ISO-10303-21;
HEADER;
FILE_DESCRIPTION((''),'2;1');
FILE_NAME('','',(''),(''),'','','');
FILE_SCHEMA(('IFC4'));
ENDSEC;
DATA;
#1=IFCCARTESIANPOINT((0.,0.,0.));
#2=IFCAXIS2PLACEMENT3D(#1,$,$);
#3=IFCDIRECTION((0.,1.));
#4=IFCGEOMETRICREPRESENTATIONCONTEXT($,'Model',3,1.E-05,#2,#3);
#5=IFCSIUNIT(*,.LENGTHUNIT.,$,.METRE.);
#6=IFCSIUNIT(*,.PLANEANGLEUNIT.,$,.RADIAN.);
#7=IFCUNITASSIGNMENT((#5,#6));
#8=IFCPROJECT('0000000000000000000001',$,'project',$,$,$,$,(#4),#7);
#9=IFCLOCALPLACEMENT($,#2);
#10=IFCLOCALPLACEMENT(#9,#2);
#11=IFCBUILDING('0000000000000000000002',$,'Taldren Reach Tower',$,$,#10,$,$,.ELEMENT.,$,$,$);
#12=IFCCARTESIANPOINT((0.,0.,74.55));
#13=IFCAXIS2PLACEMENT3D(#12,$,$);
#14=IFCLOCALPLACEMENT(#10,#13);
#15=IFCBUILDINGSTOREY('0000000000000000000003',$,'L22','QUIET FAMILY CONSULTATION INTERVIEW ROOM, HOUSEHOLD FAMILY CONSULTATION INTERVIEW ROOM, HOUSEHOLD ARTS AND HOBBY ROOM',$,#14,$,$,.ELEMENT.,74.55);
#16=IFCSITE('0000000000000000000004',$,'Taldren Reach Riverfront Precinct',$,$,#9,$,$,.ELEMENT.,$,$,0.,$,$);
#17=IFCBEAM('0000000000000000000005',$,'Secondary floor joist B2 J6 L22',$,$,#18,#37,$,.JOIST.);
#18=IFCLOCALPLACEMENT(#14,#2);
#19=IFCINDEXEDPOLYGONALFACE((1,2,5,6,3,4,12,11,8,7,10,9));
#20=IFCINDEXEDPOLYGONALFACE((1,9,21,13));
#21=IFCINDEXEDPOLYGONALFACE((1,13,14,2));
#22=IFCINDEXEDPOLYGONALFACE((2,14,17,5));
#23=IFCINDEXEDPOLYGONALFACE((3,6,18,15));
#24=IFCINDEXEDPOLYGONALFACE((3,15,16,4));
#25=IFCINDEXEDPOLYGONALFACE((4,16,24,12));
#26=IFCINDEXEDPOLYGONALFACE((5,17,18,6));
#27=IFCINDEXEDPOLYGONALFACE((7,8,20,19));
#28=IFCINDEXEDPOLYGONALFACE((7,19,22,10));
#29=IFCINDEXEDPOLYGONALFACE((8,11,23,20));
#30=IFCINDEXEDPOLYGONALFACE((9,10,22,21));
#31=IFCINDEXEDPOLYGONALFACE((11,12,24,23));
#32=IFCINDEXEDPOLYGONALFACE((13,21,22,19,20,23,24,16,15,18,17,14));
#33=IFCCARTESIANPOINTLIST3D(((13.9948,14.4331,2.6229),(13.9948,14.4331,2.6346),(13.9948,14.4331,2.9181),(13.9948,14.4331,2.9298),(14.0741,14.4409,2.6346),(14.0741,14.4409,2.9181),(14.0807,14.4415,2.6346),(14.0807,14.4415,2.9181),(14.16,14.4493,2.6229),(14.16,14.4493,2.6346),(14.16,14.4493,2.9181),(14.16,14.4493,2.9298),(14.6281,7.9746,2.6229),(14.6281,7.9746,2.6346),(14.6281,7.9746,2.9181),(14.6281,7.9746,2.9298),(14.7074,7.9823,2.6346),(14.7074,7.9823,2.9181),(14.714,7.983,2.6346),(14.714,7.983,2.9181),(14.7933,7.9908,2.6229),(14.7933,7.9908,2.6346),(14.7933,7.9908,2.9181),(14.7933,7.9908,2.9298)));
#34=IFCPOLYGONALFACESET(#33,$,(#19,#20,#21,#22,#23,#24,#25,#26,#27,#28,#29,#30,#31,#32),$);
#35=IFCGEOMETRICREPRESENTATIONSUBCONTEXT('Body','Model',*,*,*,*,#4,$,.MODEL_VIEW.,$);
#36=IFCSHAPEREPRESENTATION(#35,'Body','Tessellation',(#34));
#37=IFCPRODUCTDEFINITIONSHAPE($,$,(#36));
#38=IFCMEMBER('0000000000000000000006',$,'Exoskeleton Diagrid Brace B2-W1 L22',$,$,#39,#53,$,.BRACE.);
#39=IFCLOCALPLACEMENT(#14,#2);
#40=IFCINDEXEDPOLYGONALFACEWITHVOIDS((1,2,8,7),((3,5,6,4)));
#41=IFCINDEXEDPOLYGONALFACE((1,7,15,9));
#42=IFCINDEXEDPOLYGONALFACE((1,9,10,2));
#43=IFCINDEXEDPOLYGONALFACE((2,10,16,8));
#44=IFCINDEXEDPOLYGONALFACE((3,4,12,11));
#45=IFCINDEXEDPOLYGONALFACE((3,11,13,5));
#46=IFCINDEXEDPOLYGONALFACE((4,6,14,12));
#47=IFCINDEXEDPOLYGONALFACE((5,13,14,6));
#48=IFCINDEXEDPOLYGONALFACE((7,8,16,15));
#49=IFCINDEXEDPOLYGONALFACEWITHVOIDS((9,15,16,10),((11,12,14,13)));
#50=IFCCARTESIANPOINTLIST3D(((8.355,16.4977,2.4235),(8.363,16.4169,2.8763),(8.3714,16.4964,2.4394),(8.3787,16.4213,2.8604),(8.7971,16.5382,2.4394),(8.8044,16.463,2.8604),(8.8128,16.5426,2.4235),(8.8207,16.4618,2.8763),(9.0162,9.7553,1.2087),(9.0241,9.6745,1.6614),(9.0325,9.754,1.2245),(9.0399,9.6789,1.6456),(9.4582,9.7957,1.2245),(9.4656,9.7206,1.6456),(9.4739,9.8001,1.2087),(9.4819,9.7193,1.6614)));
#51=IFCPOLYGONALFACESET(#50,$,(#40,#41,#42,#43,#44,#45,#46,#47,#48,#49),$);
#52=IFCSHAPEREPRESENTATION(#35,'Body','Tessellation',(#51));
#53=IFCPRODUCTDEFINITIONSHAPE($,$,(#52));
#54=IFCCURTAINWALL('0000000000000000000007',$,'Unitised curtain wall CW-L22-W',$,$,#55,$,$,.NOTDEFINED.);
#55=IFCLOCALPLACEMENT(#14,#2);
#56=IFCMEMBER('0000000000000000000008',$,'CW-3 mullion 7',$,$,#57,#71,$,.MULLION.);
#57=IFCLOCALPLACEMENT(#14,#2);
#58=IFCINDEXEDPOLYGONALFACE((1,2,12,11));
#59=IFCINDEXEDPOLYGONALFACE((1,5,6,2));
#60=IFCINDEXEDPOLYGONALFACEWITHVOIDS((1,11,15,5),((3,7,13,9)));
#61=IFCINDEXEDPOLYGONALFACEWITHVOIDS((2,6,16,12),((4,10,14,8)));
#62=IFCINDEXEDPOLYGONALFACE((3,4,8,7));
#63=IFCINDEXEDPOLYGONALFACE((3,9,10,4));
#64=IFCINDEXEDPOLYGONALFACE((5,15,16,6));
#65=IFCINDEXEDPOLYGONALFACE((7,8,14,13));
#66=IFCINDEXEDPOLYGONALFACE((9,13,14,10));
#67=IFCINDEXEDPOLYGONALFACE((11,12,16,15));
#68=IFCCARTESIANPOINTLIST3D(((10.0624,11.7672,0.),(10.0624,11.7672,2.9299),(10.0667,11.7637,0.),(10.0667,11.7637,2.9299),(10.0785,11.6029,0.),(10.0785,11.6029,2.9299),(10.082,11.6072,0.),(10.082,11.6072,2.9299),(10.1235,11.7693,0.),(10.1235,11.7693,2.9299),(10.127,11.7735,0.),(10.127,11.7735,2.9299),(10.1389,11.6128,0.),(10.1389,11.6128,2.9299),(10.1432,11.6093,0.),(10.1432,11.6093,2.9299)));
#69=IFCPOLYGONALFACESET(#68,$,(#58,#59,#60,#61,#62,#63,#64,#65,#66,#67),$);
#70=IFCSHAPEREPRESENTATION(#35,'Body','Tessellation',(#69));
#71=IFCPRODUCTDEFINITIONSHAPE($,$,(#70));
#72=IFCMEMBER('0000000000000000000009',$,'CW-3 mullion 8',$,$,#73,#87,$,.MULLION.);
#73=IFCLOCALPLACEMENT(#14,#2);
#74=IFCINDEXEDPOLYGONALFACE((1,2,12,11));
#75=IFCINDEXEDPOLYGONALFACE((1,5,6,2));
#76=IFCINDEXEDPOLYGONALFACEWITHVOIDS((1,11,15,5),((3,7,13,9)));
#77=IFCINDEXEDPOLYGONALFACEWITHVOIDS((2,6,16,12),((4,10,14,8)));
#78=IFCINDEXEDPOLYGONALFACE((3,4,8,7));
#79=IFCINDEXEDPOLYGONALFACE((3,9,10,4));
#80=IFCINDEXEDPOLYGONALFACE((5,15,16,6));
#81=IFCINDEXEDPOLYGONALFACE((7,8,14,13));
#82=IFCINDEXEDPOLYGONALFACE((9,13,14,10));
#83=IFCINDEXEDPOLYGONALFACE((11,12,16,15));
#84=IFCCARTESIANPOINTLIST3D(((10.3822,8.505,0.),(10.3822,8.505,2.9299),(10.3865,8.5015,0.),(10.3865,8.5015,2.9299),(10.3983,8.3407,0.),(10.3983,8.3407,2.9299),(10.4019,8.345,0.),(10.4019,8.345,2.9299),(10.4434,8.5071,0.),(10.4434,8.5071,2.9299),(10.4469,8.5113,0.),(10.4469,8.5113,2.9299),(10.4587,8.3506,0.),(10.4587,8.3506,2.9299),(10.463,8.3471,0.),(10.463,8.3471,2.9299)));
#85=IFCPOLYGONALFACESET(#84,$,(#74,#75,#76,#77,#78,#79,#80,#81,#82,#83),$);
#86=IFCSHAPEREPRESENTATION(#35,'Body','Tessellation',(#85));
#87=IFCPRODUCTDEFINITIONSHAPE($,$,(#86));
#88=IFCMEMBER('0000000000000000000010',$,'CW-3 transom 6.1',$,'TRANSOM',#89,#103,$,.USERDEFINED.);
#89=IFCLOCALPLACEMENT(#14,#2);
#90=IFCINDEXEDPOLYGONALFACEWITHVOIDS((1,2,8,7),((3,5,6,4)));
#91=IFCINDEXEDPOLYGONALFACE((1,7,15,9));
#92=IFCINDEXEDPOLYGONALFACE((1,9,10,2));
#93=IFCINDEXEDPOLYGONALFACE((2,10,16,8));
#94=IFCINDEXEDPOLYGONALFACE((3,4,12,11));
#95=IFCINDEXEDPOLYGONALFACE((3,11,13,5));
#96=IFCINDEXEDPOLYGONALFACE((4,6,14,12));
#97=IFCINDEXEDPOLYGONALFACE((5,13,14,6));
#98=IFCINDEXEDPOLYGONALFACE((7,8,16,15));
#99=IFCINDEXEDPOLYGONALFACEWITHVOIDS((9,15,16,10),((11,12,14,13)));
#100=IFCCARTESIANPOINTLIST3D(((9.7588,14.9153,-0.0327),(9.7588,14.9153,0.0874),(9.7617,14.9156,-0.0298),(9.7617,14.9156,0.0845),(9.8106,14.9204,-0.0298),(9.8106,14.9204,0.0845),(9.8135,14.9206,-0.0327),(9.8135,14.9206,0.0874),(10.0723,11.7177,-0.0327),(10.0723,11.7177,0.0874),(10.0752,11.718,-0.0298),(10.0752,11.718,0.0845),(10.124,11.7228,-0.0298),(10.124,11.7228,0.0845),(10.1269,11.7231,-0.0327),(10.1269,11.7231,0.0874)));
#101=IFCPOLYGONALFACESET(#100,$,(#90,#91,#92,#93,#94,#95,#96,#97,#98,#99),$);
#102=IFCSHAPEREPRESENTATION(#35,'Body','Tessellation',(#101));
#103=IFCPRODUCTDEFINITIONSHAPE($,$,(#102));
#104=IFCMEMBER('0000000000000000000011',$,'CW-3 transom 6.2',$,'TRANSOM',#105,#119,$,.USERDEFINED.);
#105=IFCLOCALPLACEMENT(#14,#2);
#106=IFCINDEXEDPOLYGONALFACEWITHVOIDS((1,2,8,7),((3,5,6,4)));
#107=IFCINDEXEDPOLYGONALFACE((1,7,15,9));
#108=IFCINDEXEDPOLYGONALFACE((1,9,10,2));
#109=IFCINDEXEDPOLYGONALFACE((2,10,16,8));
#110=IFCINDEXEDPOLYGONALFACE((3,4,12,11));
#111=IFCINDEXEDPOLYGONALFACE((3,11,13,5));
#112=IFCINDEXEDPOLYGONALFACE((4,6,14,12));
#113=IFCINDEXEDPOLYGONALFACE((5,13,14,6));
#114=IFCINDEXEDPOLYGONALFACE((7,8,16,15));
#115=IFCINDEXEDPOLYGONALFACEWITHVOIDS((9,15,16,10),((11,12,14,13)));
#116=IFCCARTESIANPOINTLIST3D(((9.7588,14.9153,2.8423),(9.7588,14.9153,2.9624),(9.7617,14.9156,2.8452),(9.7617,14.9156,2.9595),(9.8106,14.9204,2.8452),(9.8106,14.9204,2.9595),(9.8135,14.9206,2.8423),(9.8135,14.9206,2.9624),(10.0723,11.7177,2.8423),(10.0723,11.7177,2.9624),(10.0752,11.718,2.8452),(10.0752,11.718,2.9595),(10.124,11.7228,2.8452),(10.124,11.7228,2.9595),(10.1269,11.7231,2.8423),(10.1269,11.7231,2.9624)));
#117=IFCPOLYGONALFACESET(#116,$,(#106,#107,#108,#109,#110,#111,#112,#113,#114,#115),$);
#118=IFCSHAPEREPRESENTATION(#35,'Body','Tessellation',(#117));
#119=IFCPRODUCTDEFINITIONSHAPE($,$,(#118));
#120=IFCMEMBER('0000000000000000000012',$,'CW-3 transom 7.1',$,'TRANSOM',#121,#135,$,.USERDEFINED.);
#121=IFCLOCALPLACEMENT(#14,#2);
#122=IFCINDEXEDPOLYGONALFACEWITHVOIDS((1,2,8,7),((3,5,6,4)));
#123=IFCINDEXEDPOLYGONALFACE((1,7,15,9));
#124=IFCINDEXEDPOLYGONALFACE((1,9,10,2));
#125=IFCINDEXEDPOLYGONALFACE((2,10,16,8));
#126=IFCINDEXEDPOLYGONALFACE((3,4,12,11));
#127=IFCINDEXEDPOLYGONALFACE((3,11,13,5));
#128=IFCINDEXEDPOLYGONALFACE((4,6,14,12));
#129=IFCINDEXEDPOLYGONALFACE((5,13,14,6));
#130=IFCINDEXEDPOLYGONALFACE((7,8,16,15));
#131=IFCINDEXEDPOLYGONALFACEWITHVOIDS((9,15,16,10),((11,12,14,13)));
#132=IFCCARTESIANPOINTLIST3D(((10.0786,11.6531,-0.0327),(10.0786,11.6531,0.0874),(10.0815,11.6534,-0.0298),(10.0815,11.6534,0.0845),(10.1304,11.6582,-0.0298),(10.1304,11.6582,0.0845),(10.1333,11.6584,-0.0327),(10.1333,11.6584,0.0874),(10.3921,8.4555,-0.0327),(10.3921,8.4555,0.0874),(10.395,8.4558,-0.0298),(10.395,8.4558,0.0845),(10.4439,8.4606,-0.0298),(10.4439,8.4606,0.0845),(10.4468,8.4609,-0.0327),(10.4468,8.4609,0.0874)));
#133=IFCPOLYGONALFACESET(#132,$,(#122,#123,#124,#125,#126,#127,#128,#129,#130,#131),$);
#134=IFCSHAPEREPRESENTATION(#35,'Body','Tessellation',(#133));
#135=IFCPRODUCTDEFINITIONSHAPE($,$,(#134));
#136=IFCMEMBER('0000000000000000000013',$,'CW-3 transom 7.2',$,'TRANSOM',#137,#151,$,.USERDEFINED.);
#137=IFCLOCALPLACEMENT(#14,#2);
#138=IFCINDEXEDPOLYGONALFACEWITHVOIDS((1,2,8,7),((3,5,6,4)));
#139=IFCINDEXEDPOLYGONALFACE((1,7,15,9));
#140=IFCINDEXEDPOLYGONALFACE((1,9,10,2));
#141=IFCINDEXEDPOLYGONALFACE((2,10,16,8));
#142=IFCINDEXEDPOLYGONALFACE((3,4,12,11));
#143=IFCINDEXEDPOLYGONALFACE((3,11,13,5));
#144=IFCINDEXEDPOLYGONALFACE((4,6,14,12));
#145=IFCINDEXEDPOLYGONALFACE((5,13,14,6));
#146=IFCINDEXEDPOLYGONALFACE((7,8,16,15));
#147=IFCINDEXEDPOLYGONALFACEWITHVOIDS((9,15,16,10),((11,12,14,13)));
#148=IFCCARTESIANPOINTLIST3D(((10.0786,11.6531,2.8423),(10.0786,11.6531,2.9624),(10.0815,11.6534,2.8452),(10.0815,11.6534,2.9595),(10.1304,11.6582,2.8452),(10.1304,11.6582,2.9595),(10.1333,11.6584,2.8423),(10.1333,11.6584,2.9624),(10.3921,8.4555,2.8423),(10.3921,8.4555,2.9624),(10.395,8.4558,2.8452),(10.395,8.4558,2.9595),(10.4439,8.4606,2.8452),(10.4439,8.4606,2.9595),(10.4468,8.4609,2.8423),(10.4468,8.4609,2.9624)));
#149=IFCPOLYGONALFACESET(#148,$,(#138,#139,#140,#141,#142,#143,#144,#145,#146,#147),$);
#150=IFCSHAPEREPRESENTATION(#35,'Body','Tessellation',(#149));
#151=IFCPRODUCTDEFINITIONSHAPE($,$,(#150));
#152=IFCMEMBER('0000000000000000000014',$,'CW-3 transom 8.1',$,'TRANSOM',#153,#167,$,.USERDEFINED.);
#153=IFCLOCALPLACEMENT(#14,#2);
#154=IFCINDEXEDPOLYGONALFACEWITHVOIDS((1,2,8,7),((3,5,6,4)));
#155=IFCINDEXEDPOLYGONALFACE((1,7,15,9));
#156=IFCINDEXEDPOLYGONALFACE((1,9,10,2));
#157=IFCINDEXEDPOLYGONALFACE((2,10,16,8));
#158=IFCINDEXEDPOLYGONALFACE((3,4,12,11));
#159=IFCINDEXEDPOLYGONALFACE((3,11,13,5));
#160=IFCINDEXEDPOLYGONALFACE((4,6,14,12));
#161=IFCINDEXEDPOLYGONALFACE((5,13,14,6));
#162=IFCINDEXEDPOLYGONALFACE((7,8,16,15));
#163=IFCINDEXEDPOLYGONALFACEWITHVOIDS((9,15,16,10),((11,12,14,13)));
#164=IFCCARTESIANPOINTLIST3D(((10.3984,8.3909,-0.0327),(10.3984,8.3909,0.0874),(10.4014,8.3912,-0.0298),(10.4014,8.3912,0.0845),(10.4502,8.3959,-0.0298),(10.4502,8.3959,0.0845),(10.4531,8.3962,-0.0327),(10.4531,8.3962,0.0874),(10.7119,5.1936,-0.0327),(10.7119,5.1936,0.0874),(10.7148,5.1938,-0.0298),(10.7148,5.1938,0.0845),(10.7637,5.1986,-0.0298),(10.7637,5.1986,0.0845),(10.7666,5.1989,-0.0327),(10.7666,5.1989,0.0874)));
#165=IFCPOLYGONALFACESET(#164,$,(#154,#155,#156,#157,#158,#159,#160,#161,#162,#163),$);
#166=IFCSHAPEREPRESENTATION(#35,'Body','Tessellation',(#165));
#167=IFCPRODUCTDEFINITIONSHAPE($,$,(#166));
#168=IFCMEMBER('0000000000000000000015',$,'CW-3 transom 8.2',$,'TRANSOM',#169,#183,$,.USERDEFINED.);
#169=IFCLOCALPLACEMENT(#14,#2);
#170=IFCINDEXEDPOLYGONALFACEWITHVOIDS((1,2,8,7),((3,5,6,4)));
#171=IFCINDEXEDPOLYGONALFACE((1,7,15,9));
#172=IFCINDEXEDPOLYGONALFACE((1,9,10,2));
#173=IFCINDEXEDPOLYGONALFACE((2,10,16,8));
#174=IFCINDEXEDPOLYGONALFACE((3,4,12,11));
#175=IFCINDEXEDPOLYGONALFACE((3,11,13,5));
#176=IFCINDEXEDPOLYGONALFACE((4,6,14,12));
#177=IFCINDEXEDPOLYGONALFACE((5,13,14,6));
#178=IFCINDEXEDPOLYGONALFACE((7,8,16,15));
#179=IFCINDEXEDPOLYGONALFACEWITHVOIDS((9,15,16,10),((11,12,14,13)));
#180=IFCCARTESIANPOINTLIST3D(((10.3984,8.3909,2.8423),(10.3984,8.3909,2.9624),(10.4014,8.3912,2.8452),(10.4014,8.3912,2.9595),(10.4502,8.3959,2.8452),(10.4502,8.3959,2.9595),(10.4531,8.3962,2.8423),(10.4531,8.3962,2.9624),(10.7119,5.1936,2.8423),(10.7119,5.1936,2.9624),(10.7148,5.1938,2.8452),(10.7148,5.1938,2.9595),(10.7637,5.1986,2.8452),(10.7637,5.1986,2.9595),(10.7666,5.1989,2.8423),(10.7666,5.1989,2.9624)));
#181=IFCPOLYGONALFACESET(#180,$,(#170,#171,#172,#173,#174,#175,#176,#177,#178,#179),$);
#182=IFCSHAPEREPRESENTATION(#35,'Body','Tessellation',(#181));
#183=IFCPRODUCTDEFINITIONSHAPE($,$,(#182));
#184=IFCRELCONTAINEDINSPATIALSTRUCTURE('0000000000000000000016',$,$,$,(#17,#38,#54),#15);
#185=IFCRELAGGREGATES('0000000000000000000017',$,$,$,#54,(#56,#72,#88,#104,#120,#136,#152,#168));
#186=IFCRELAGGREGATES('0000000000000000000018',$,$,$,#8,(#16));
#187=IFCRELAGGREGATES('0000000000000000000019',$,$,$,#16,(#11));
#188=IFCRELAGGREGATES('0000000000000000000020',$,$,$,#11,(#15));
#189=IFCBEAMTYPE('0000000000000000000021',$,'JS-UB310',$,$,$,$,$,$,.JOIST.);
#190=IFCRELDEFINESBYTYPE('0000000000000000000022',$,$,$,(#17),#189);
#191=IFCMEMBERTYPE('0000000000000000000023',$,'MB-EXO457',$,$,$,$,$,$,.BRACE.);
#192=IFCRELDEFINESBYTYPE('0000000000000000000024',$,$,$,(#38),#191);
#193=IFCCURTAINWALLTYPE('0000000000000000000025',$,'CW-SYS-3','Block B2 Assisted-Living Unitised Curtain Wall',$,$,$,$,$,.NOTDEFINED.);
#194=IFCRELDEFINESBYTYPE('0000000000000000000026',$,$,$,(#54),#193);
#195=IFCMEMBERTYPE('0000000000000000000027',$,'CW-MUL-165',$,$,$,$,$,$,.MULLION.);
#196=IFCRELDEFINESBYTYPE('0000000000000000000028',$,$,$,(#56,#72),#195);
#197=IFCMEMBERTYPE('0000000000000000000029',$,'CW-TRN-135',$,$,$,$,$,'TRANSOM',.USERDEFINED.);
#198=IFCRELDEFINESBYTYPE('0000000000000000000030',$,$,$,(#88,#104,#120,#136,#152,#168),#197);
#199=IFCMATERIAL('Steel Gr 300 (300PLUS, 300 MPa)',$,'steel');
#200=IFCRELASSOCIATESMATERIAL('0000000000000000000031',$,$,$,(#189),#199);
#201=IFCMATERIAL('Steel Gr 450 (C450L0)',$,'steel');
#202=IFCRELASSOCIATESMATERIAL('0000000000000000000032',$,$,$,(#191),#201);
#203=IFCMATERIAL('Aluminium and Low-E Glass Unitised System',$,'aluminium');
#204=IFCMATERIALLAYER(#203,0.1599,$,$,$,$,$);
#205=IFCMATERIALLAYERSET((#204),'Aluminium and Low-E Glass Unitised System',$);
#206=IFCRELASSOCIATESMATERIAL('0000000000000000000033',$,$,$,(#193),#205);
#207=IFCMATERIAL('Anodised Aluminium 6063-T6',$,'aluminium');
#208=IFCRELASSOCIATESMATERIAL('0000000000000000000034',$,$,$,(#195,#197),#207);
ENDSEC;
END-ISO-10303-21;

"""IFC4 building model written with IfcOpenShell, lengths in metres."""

from ifc_helpers import new_model, si_unit, direction, frame, origin, origin_2d, place, context, subcontext, project, spatial, hollow_rectangle, i_section, extrude, source, transform, mapped, material, layer, layer_set, material_profile, profile_set, type_object, element, aggregate, save


model = new_model("IFC4")

# Units and contexts
model_context = context("Model", 3, precision=1e-05, world=origin(), true_north=direction((0.0, 1.0)))
body_context = subcontext(model_context, "Body", "Model", "MODEL_VIEW")
ifc_project = project(units=[si_unit("LENGTHUNIT", "METRE"), si_unit("PLANEANGLEUNIT", "RADIAN")], contexts=[model_context])

# Site, building, storey
site_placement = place(None, origin())
site = spatial("IfcSite", under=ifc_project, at=site_placement, Name="Taldren Reach Riverfront Precinct", CompositionType="ELEMENT", RefElevation=0.0)
building_placement = place(site_placement, origin())
building = spatial("IfcBuilding", under=site, at=building_placement, Name="Taldren Reach Tower", CompositionType="ELEMENT")
storey_placement = place(building_placement, frame((0.0, 0.0, 74.55)))
storey = spatial("IfcBuildingStorey", under=building, at=storey_placement, Name="L22", Description="QUIET FAMILY CONSULTATION INTERVIEW ROOM, HOUSEHOLD FAMILY CONSULTATION INTERVIEW ROOM, HOUSEHOLD ARTS AND HOBBY ROOM", CompositionType="ELEMENT", Elevation=74.55)

# Beam
ifc_material_1 = material(Name="Steel Gr 300 (300PLUS, 300 MPa)", Category="steel")
ifc_material_profile_1 = material_profile(ifc_material_1, i_section(OverallWidth=0.166, OverallDepth=0.3069, WebThickness=0.0066, FlangeThickness=0.0117, at=origin_2d()), Name="310UB46.2")
ifc_profile_set_1 = profile_set([ifc_material_profile_1], Name="Steel Gr 300 (300PLUS, 300 MPa)")
beam_type = type_object("IfcBeamType", Name="JS-UB310", PredefinedType="JOIST", material=ifc_profile_set_1)
shared_shape_1 = source(origin(), body_context, "Body", "SweptSolid", [
    extrude(i_section(OverallWidth=0.166, OverallDepth=0.3069, WebThickness=0.0066, FlangeThickness=0.0117, at=origin_2d()), origin(), (0.0, 0.0, 1.0), 6.4895),
])
beam_placement = place(storey_placement, frame((14.7107, 7.9827, 2.7764), z_axis=(-0.097589, 0.995227, 0.0), x_axis=(-0.995227, -0.097589, 0.0)))
element("IfcBeam", 1, at=beam_placement, inside=storey, type_object=beam_type, Name="Secondary floor joist B2 J6 L22", PredefinedType="JOIST", context=body_context, shape_type="MappedRepresentation", body=[
    mapped(shared_shape_1, transform((0.0, 0.0, 0.0), scale=1.0)),
])

# Member
ifc_material_2 = material(Name="Steel Gr 450 (C450L0)", Category="steel")
ifc_material_profile_2 = material_profile(ifc_material_2, hollow_rectangle(XDim=0.46, YDim=0.46, WallThickness=0.0161, at=origin_2d()), Name="460x460x16.0SHS")
ifc_profile_set_2 = profile_set([ifc_material_profile_2], Name="Steel Gr 450 (C450L0)")
member_type_1 = type_object("IfcMemberType", Name="MB-EXO457", PredefinedType="BRACE", material=ifc_profile_set_2)
shared_shape_2 = source(origin(), body_context, "Body", "SweptSolid", [
    extrude(hollow_rectangle(XDim=0.46, YDim=0.46, WallThickness=0.0161, at=origin_2d()), origin(), (0.0, 0.0, 1.0), 6.8828),
])
member_1_placement = place(storey_placement, frame((9.249, 9.7373, 1.4351), z_axis=(-0.096055, 0.979602, 0.176504), x_axis=(-0.995227, -0.097588, 0.0)))
element("IfcMember", 2, at=member_1_placement, inside=storey, type_object=member_type_1, Name="Exoskeleton Diagrid Brace B2-W1 L22", PredefinedType="BRACE", context=body_context, shape_type="MappedRepresentation", body=[
    mapped(shared_shape_2, transform((0.0, 0.0, 0.0), scale=1.0)),
])

# Curtain wall, members
ifc_material_3 = material(Name="Aluminium and Low-E Glass Unitised System", Category="aluminium")
ifc_layer_1 = layer(ifc_material_3, 0.1599)
ifc_layer_set_1 = layer_set([ifc_layer_1], Name="Aluminium and Low-E Glass Unitised System")
curtain_wall_type = type_object("IfcCurtainWallType", Name="CW-SYS-3", Description="Block B2 Assisted-Living Unitised Curtain Wall", PredefinedType="NOTDEFINED", material=ifc_layer_set_1)
curtain_wall_placement = place(storey_placement, origin())
curtain_wall = element("IfcCurtainWall", 3, at=curtain_wall_placement, inside=storey, type_object=curtain_wall_type, Name="Unitised curtain wall CW-L22-W", PredefinedType="NOTDEFINED")
ifc_material_4 = material(Name="Anodised Aluminium 6063-T6", Category="aluminium")
ifc_material_profile_3 = material_profile(ifc_material_4, hollow_rectangle(XDim=0.0649, YDim=0.165, WallThickness=0.0039, at=origin_2d()), Name="ALU-165x65x4RHS")
ifc_profile_set_3 = profile_set([ifc_material_profile_3], Name="Anodised Aluminium 6063-T6")
member_type_2 = type_object("IfcMemberType", Name="CW-MUL-165", PredefinedType="MULLION", material=ifc_profile_set_3)
shared_shape_3 = source(origin(), body_context, "Body", "SweptSolid", [
    extrude(hollow_rectangle(XDim=0.0649, YDim=0.165, WallThickness=0.0039, at=origin_2d()), origin(), (0.0, 0.0, 1.0), 2.9299),
])
member_2_placement = place(storey_placement, frame((10.1028, 11.6882, 0.0), z_axis=(0.0, 0.0, 1.0), x_axis=(0.995227, 0.097583, 0.0)))
member_2 = element("IfcMember", 4, at=member_2_placement, type_object=member_type_2, Name="CW-3 mullion 7", PredefinedType="MULLION", context=body_context, shape_type="MappedRepresentation", body=[
    mapped(shared_shape_3, transform((0.0, 0.0, 0.0), scale=1.0)),
])
member_3_placement = place(storey_placement, frame((10.4226, 8.426, 0.0), z_axis=(0.0, 0.0, 1.0), x_axis=(0.995227, 0.097583, 0.0)))
member_3 = element("IfcMember", 5, at=member_3_placement, type_object=member_type_2, Name="CW-3 mullion 8", PredefinedType="MULLION", context=body_context, shape_type="MappedRepresentation", body=[
    mapped(shared_shape_3, transform((0.0, 0.0, 0.0), scale=1.0)),
])
ifc_material_profile_4 = material_profile(ifc_material_4, hollow_rectangle(XDim=0.0549, YDim=0.1201, WallThickness=0.0029, at=origin_2d()), Name="ALU-120x55x3RHS")
ifc_profile_set_4 = profile_set([ifc_material_profile_4], Name="Anodised Aluminium 6063-T6")
member_type_3 = type_object("IfcMemberType", Name="CW-TRN-135", ElementType="TRANSOM", PredefinedType="USERDEFINED", material=ifc_profile_set_4)
shared_shape_4 = source(origin(), body_context, "Body", "SweptSolid", [
    extrude(hollow_rectangle(XDim=0.0549, YDim=0.1201, WallThickness=0.0029, at=origin_2d()), origin(), (0.0, 0.0, 1.0), 3.2129),
])
member_4_placement = place(storey_placement, frame((9.7861, 14.918, 0.0273), z_axis=(0.09757, -0.995229, 0.0), x_axis=(0.995229, 0.09757, 0.0)))
member_4 = element("IfcMember", 6, at=member_4_placement, type_object=member_type_3, Name="CW-3 transom 6.1", ObjectType="TRANSOM", PredefinedType="USERDEFINED", context=body_context, shape_type="MappedRepresentation", body=[
    mapped(shared_shape_4, transform((0.0, 0.0, 0.0), scale=1.0)),
])
member_5_placement = place(storey_placement, frame((9.7861, 14.918, 2.9023), z_axis=(0.09757, -0.995229, 0.0), x_axis=(0.995229, 0.09757, 0.0)))
member_5 = element("IfcMember", 7, at=member_5_placement, type_object=member_type_3, Name="CW-3 transom 6.2", ObjectType="TRANSOM", PredefinedType="USERDEFINED", context=body_context, shape_type="MappedRepresentation", body=[
    mapped(shared_shape_4, transform((0.0, 0.0, 0.0), scale=1.0)),
])
member_6_placement = place(storey_placement, frame((10.106, 11.6558, 0.0273), z_axis=(0.09757, -0.995229, 0.0), x_axis=(0.995229, 0.09757, 0.0)))
member_6 = element("IfcMember", 8, at=member_6_placement, type_object=member_type_3, Name="CW-3 transom 7.1", ObjectType="TRANSOM", PredefinedType="USERDEFINED", context=body_context, shape_type="MappedRepresentation", body=[
    mapped(shared_shape_4, transform((0.0, 0.0, 0.0), scale=1.0)),
])
member_7_placement = place(storey_placement, frame((10.106, 11.6558, 2.9023), z_axis=(0.09757, -0.995229, 0.0), x_axis=(0.995229, 0.09757, 0.0)))
member_7 = element("IfcMember", 9, at=member_7_placement, type_object=member_type_3, Name="CW-3 transom 7.2", ObjectType="TRANSOM", PredefinedType="USERDEFINED", context=body_context, shape_type="MappedRepresentation", body=[
    mapped(shared_shape_4, transform((0.0, 0.0, 0.0), scale=1.0)),
])
shared_shape_5 = source(origin(), body_context, "Body", "SweptSolid", [
    extrude(hollow_rectangle(XDim=0.0549, YDim=0.1201, WallThickness=0.0029, at=origin_2d()), origin(), (0.0, 0.0, 1.0), 3.2126),
])
member_8_placement = place(storey_placement, frame((10.4258, 8.3936, 0.0273), z_axis=(0.097577, -0.995228, 0.0), x_axis=(0.995228, 0.097577, 0.0)))
member_8 = element("IfcMember", 10, at=member_8_placement, type_object=member_type_3, Name="CW-3 transom 8.1", ObjectType="TRANSOM", PredefinedType="USERDEFINED", context=body_context, shape_type="MappedRepresentation", body=[
    mapped(shared_shape_5, transform((0.0, 0.0, 0.0), scale=1.0)),
])
member_9_placement = place(storey_placement, frame((10.4258, 8.3936, 2.9023), z_axis=(0.097577, -0.995228, 0.0), x_axis=(0.995228, 0.097577, 0.0)))
member_9 = element("IfcMember", 11, at=member_9_placement, type_object=member_type_3, Name="CW-3 transom 8.2", ObjectType="TRANSOM", PredefinedType="USERDEFINED", context=body_context, shape_type="MappedRepresentation", body=[
    mapped(shared_shape_5, transform((0.0, 0.0, 0.0), scale=1.0)),
])
aggregate(curtain_wall, [member_2, member_3, member_4, member_5, member_6, member_7, member_8, member_9])

save(model, "model.ifc")
